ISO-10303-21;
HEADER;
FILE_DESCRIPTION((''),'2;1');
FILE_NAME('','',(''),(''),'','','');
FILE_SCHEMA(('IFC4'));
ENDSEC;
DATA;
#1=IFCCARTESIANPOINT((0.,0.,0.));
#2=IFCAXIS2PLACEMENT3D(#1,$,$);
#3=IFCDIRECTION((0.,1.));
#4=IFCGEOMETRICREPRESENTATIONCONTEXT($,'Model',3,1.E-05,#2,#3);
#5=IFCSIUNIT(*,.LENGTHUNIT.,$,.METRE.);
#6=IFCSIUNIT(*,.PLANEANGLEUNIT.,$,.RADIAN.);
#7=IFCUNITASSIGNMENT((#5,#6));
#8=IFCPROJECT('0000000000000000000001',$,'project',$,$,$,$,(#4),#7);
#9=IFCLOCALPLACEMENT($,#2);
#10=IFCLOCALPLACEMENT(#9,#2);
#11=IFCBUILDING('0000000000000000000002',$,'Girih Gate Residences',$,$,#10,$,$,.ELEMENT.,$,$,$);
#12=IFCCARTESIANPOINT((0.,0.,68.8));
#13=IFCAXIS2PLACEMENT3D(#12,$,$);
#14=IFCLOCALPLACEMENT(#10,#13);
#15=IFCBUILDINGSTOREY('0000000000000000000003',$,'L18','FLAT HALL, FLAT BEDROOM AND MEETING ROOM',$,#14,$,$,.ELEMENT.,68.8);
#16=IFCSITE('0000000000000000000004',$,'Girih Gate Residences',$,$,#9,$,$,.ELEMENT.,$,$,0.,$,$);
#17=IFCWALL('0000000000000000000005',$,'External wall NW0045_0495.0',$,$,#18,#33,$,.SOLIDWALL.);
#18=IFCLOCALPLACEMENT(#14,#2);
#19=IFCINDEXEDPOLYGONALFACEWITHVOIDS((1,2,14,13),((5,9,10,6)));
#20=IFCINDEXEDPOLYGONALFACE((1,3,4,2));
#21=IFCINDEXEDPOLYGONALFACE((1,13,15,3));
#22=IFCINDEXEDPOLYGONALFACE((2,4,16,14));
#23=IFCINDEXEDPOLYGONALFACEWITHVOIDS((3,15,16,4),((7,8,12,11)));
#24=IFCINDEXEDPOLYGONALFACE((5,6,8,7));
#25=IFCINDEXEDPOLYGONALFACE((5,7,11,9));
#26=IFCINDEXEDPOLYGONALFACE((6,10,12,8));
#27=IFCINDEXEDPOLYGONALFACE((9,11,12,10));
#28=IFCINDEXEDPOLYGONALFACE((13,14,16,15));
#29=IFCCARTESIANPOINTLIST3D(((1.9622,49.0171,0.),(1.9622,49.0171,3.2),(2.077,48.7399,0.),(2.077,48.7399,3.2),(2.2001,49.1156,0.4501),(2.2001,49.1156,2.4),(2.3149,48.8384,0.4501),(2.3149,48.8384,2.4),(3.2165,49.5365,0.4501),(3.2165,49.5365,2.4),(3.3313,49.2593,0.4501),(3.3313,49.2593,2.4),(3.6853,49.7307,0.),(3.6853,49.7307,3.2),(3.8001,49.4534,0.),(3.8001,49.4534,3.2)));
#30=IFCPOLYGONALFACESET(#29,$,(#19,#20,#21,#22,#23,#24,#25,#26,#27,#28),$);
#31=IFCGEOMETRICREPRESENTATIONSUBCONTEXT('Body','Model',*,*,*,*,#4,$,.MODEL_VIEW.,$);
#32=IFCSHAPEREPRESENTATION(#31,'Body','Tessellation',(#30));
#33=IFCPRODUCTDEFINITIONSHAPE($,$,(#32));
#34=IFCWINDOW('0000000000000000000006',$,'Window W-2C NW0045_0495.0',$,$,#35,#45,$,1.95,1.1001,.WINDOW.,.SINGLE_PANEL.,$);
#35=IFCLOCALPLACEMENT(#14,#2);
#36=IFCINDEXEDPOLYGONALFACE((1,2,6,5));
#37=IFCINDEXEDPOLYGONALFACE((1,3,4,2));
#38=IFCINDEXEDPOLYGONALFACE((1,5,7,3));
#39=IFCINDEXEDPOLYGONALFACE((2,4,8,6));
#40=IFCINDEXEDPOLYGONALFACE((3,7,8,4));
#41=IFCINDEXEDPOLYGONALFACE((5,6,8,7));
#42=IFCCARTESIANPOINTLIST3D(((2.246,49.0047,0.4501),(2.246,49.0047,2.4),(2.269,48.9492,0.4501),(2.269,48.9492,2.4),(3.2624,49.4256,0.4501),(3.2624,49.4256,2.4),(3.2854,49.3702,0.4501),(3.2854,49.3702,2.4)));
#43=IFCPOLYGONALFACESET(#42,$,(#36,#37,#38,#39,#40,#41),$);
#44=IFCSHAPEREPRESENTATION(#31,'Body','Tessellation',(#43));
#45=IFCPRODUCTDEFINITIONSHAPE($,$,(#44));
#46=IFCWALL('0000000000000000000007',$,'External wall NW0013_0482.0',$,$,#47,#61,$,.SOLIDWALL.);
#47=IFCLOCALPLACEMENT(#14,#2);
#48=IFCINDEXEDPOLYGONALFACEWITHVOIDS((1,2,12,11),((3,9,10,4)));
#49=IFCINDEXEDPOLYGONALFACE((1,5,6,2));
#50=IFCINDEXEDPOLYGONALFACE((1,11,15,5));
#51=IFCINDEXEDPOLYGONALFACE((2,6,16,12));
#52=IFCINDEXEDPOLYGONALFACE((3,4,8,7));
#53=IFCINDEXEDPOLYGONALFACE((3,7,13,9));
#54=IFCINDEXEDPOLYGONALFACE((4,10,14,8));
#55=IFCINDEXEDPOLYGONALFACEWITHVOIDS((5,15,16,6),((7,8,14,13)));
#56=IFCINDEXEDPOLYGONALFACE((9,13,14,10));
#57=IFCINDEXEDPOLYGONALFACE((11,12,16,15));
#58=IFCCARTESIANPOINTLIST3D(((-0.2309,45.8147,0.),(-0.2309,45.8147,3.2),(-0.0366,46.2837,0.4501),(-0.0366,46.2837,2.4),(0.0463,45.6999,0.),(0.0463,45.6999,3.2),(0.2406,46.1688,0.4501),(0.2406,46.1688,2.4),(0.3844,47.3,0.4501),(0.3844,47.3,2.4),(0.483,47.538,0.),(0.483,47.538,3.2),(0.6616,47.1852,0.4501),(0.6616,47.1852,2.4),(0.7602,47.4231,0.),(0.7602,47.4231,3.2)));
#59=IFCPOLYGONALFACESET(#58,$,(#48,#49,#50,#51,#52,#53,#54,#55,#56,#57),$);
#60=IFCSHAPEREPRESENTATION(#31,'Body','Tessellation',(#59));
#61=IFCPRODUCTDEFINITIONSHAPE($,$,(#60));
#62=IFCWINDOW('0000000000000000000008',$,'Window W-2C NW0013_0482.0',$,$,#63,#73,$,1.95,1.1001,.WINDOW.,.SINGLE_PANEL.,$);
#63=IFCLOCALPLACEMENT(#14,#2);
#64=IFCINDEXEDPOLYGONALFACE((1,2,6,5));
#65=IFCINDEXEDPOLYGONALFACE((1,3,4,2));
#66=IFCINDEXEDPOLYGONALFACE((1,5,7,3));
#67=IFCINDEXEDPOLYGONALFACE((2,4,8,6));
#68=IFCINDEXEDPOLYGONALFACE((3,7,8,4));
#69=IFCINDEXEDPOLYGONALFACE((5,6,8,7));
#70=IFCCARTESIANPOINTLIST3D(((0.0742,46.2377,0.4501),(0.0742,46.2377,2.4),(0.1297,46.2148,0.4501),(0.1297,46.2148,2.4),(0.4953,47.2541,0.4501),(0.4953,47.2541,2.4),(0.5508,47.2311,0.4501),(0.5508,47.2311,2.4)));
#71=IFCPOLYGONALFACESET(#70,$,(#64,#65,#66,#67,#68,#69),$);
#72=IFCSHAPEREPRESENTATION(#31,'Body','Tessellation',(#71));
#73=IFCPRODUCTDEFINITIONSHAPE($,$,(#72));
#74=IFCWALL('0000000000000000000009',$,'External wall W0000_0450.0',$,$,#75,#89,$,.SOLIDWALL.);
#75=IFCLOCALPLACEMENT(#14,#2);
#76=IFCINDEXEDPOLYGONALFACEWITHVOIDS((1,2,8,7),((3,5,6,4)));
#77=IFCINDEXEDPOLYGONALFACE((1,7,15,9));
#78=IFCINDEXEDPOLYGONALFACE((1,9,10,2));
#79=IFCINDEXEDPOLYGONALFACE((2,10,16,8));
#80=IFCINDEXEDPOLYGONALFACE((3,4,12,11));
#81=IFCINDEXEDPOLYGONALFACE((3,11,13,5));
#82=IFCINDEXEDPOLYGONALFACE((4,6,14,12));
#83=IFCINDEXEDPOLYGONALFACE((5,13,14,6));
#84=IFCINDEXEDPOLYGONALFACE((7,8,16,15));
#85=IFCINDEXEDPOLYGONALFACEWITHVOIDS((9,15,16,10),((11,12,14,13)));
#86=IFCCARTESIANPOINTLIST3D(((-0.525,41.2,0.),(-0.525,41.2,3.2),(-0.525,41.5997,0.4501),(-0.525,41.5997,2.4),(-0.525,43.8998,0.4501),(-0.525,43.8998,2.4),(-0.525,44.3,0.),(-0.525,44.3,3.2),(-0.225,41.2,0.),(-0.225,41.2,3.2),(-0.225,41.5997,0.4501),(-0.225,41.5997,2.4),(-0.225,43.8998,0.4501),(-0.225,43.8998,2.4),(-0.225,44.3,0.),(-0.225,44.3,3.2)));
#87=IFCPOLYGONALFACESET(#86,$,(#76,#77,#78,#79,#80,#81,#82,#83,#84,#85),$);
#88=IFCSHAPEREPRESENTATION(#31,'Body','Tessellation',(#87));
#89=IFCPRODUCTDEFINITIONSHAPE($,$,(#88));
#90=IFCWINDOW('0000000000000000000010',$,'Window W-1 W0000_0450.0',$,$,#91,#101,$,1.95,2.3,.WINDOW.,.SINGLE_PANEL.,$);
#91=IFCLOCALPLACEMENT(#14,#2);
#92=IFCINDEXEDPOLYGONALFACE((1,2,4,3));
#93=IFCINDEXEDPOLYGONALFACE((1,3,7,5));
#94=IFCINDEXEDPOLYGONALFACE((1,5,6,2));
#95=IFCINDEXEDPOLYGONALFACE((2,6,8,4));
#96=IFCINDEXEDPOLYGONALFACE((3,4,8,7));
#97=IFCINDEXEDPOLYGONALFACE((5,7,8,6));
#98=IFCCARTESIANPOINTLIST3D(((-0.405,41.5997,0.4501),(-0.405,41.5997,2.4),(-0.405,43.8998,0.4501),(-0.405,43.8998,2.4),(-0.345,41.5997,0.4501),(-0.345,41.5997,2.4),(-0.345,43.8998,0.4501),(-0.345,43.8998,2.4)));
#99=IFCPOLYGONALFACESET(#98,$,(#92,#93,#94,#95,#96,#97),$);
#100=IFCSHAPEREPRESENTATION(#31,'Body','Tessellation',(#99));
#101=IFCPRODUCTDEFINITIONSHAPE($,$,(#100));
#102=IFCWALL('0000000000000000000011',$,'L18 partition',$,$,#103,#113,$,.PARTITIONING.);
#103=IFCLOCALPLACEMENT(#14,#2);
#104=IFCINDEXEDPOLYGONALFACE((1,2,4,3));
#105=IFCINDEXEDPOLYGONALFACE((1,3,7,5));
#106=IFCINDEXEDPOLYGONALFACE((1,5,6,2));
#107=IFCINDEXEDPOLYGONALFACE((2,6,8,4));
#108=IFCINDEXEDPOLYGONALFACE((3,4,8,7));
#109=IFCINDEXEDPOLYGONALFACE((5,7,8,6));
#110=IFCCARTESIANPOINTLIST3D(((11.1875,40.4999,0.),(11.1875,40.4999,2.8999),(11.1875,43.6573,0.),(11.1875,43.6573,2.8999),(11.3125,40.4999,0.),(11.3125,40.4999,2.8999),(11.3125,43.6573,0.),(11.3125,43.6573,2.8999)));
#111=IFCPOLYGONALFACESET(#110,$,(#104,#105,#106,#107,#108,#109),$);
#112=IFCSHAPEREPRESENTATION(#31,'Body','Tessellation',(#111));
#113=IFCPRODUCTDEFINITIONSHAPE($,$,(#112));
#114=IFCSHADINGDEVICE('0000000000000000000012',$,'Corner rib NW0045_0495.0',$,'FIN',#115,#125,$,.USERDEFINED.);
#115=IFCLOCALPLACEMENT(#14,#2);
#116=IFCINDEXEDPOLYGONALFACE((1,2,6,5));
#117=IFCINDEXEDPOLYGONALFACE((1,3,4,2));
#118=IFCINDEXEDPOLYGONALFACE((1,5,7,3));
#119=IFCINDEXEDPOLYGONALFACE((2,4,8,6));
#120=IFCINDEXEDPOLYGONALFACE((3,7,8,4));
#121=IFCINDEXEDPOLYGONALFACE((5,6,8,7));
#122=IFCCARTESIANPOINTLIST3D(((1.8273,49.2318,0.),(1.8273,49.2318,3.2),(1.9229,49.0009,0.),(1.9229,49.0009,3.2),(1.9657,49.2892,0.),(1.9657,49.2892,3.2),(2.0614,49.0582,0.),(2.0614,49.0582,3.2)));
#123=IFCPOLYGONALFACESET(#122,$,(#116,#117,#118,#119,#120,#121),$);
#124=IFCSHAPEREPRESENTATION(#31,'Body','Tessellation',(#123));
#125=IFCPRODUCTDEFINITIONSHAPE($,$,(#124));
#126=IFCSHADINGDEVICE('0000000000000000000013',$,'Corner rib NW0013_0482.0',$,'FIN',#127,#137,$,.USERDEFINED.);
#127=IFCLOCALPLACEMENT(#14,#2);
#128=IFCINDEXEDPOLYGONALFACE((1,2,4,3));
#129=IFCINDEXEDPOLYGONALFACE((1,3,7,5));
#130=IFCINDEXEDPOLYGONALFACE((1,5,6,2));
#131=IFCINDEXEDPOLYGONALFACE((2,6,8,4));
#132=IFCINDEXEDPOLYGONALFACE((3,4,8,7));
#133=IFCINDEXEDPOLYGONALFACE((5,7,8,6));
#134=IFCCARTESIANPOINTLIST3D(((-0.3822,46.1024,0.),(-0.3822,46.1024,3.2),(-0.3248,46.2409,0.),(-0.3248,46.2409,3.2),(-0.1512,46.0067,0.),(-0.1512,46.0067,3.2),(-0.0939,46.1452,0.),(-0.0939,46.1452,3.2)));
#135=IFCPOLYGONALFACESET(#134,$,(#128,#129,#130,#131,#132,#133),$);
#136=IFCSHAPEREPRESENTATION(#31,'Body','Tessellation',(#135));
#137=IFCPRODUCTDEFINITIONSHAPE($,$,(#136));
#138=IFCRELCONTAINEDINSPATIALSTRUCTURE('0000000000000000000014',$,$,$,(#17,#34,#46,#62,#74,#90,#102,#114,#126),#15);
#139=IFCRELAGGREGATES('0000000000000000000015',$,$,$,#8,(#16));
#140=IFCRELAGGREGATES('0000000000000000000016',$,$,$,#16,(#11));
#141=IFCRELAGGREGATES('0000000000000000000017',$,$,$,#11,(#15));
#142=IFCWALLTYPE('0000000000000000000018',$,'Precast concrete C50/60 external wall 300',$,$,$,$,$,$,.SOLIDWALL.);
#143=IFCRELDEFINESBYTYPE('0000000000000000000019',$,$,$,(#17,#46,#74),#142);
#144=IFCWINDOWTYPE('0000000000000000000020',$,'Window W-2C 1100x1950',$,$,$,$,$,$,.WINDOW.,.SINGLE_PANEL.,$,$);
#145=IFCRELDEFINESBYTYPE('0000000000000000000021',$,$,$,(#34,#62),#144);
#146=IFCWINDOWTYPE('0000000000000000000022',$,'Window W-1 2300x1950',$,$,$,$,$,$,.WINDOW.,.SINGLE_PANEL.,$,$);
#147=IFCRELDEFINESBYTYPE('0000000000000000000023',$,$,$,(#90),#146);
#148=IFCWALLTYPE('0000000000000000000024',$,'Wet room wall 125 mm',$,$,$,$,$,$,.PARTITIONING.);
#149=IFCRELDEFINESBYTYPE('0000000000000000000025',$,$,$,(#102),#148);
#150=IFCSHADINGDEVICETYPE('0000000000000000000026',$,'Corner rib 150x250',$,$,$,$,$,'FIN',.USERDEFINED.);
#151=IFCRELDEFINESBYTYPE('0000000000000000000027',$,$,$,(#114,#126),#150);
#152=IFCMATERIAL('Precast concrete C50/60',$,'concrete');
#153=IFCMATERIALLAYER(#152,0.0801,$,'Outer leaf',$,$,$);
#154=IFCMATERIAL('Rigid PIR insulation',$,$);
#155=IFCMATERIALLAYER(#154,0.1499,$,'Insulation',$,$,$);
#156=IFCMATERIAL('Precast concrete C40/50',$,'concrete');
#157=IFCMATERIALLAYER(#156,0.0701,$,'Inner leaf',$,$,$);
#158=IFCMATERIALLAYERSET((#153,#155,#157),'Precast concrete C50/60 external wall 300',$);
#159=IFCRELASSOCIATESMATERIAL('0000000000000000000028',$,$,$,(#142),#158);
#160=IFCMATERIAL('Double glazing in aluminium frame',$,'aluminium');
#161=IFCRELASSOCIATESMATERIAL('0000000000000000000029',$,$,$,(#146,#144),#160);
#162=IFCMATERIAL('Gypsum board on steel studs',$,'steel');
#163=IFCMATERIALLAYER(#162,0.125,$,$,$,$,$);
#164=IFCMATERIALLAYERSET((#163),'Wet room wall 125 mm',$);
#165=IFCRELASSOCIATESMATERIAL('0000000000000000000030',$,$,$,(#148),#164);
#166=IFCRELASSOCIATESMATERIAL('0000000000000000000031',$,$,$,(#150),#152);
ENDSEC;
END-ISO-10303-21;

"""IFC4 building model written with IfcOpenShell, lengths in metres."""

from ifc_helpers import new_model, si_unit, direction, frame, frame_2d, origin, origin_2d, place, context, subcontext, project, spatial, rectangle, extrude, material, layer, layer_set, type_object, element, fill, save


model = new_model("IFC4")

# Units and contexts
model_context = context("Model", 3, precision=1e-05, world=origin(), true_north=direction((0.0, 1.0)))
body_context = subcontext(model_context, "Body", "Model", "MODEL_VIEW")
ifc_project = project(units=[si_unit("LENGTHUNIT", "METRE"), si_unit("PLANEANGLEUNIT", "RADIAN")], contexts=[model_context])

# Site, building, storey
site_placement = place(None, origin())
site = spatial("IfcSite", under=ifc_project, at=site_placement, Name="Girih Gate Residences", CompositionType="ELEMENT", RefElevation=0.0)
building_placement = place(site_placement, origin())
building = spatial("IfcBuilding", under=site, at=building_placement, Name="Girih Gate Residences", CompositionType="ELEMENT")
storey_placement = place(building_placement, frame((0.0, 0.0, 68.8)))
storey = spatial("IfcBuildingStorey", under=building, at=storey_placement, Name="L18", Description="FLAT HALL, FLAT BEDROOM AND MEETING ROOM", CompositionType="ELEMENT", Elevation=68.8)

# Shared definitions
ifc_material_1 = material(Name="Gypsum board on steel studs", Category="steel")

# Walls, openings, windows
ifc_material_2 = material(Name="Precast concrete C50/60", Category="concrete")
ifc_layer_1 = layer(ifc_material_2, 0.0801, Name="Outer leaf")
ifc_material_3 = material(Name="Rigid PIR insulation")
ifc_layer_2 = layer(ifc_material_3, 0.1499, Name="Insulation")
ifc_material_4 = material(Name="Precast concrete C40/50", Category="concrete")
ifc_layer_3 = layer(ifc_material_4, 0.0701, Name="Inner leaf")
ifc_layer_set_1 = layer_set([ifc_layer_1, ifc_layer_2, ifc_layer_3], Name="Precast concrete C50/60 external wall 300")
wall_type_1 = type_object("IfcWallType", Name="Precast concrete C50/60 external wall 300", PredefinedType="SOLIDWALL", material=ifc_layer_set_1)
ifc_material_5 = material(Name="Double glazing in aluminium frame", Category="aluminium")
window_type_1 = type_object("IfcWindowType", Name="Window W-1 2300x1950", PartitioningType="SINGLE_PANEL", PredefinedType="WINDOW", material=ifc_material_5)
wall_1_placement = place(storey_placement, frame((2.0195, 48.8784, 0.0), z_axis=(0.0, 0.0, 1.0), x_axis=(0.923904, 0.382625, 0.0)))
wall_1 = element("IfcWall", 1, at=wall_1_placement, inside=storey, type_object=wall_type_1, Name="External wall NW0045_0495.0", PredefinedType="SOLIDWALL", context=body_context, shape_type="SweptSolid", body=[
    extrude(rectangle(XDim=1.865, YDim=0.3, at=frame_2d((0.9326, 0.0))), origin(), (0.0, 0.0, 1.0), 3.2),
])
opening_1_placement = place(wall_1_placement, frame((0.2576, 0.0, 0.45)))
opening_1 = element("IfcOpeningElement", 2, at=opening_1_placement, cuts=wall_1, PredefinedType="OPENING", context=body_context, shape_type="SweptSolid", body=[
    extrude(rectangle(XDim=1.1001, YDim=1.95, at=frame_2d((0.55, 0.9751))), frame((0.0, 0.1599, 0.0), z_axis=(0.0, -1.0, 0.0), x_axis=(1.0, 0.0, 0.0)), (0.0, 0.0, 1.0), 0.3201),
])
window_type_2 = type_object("IfcWindowType", Name="Window W-2C 1100x1950", PartitioningType="SINGLE_PANEL", PredefinedType="WINDOW", material=ifc_material_5)
window_1_placement = place(opening_1_placement, origin())
window_1 = element("IfcWindow", 3, at=window_1_placement, inside=storey, type_object=window_type_2, Name="Window W-2C NW0045_0495.0", OverallHeight=1.95, OverallWidth=1.1001, PartitioningType="SINGLE_PANEL", PredefinedType="WINDOW", context=body_context, shape_type="SweptSolid", body=[
    extrude(rectangle(XDim=1.1001, YDim=1.95, at=frame_2d((0.55, 0.9751))), frame((0.0, 0.03, 0.0), z_axis=(0.0, -1.0, 0.0), x_axis=(1.0, 0.0, 0.0)), (0.0, 0.0, 1.0), 0.0601),
])
fill(opening_1, window_1)
wall_2_placement = place(storey_placement, frame((-0.0923, 45.7573, 0.0), z_axis=(0.0, 0.0, 1.0), x_axis=(0.382737, 0.923857, 0.0)))
wall_2 = element("IfcWall", 4, at=wall_2_placement, inside=storey, type_object=wall_type_1, Name="External wall NW0013_0482.0", PredefinedType="SOLIDWALL", context=body_context, shape_type="SweptSolid", body=[
    extrude(rectangle(XDim=1.8652, YDim=0.3, at=frame_2d((0.9326, 0.0))), origin(), (0.0, 0.0, 1.0), 3.2),
])
opening_2_placement = place(wall_2_placement, frame((0.5076, 0.0, 0.45)))
opening_2 = element("IfcOpeningElement", 5, at=opening_2_placement, cuts=wall_2, PredefinedType="OPENING", context=body_context, shape_type="SweptSolid", body=[
    extrude(rectangle(XDim=1.1001, YDim=1.95, at=frame_2d((0.55, 0.9751))), frame((0.0, 0.1599, 0.0), z_axis=(0.0, -1.0, 0.0), x_axis=(1.0, 0.0, 0.0)), (0.0, 0.0, 1.0), 0.3201),
])
window_2_placement = place(opening_2_placement, origin())
window_2 = element("IfcWindow", 6, at=window_2_placement, inside=storey, type_object=window_type_2, Name="Window W-2C NW0013_0482.0", OverallHeight=1.95, OverallWidth=1.1001, PartitioningType="SINGLE_PANEL", PredefinedType="WINDOW", context=body_context, shape_type="SweptSolid", body=[
    extrude(rectangle(XDim=1.1001, YDim=1.95, at=frame_2d((0.55, 0.9751))), frame((0.0, 0.03, 0.0), z_axis=(0.0, -1.0, 0.0), x_axis=(1.0, 0.0, 0.0)), (0.0, 0.0, 1.0), 0.0601),
])
fill(opening_2, window_2)
wall_3_placement = place(storey_placement, frame((-0.375, 41.2, 0.0), z_axis=(0.0, 0.0, 1.0), x_axis=(0.0, 1.0, 0.0)))
wall_3 = element("IfcWall", 7, at=wall_3_placement, inside=storey, type_object=wall_type_1, Name="External wall W0000_0450.0", PredefinedType="SOLIDWALL", context=body_context, shape_type="SweptSolid", body=[
    extrude(rectangle(XDim=3.1001, YDim=0.3, at=frame_2d((1.55, 0.0))), origin(), (0.0, 0.0, 1.0), 3.2),
])
opening_3_placement = place(wall_3_placement, frame((0.3999, 0.0, 0.45)))
opening_3 = element("IfcOpeningElement", 8, at=opening_3_placement, cuts=wall_3, PredefinedType="OPENING", context=body_context, shape_type="SweptSolid", body=[
    extrude(rectangle(XDim=2.3, YDim=1.95, at=frame_2d((1.1499, 0.9751))), frame((0.0, 0.1599, 0.0), z_axis=(0.0, -1.0, 0.0), x_axis=(1.0, 0.0, 0.0)), (0.0, 0.0, 1.0), 0.3201),
])
window_3_placement = place(opening_3_placement, origin())
window_3 = element("IfcWindow", 9, at=window_3_placement, inside=storey, type_object=window_type_1, Name="Window W-1 W0000_0450.0", OverallHeight=1.95, OverallWidth=2.3, PartitioningType="SINGLE_PANEL", PredefinedType="WINDOW", context=body_context, shape_type="SweptSolid", body=[
    extrude(rectangle(XDim=2.3, YDim=1.95, at=frame_2d((1.1499, 0.9751))), frame((0.0, 0.03, 0.0), z_axis=(0.0, -1.0, 0.0), x_axis=(1.0, 0.0, 0.0)), (0.0, 0.0, 1.0), 0.0601),
])
fill(opening_3, window_3)

# Wall
ifc_layer_4 = layer(ifc_material_1, 0.125)
ifc_layer_set_2 = layer_set([ifc_layer_4], Name="Wet room wall 125 mm")
wall_type_2 = type_object("IfcWallType", Name="Wet room wall 125 mm", PredefinedType="PARTITIONING", material=ifc_layer_set_2)
wall_4_placement = place(storey_placement, frame((11.25, 40.5, 0.0), z_axis=(0.0, 0.0, 1.0), x_axis=(0.0, 1.0, 0.0)))
element("IfcWall", 10, at=wall_4_placement, inside=storey, type_object=wall_type_2, Name="L18 partition", PredefinedType="PARTITIONING", context=body_context, shape_type="SweptSolid", body=[
    extrude(rectangle(XDim=3.1575, YDim=0.125, at=frame_2d((1.5786, 0.0))), origin(), (0.0, 0.0, 1.0), 2.8999),
])

# Shading devices
shading_device_type = type_object("IfcShadingDeviceType", Name="Corner rib 150x250", ElementType="FIN", PredefinedType="USERDEFINED", material=ifc_material_2)
for number, where, z_axis, x_axis, name in (
    (11, (1.9443, 49.145, 0.0), (0.0, 0.0, 1.0), (-0.92388, -0.382683, 0.0), "Corner rib NW0045_0495.0"),
    (12, (-0.238, 46.1238, 0.0), (0.0, 0.0, 1.0), (-0.382683, -0.92388, 0.0), "Corner rib NW0013_0482.0"),
):
    element("IfcShadingDevice", number, at=place(storey_placement, frame(where, z_axis=z_axis, x_axis=x_axis)), inside=storey, type_object=shading_device_type, Name=name, ObjectType="FIN", PredefinedType="USERDEFINED", context=body_context, shape_type="SweptSolid", body=[
        extrude(rectangle(XDim=0.1499, YDim=0.25, at=origin_2d()), origin(), (0.0, 0.0, 1.0), 3.2),
    ])

save(model, "model.ifc")
